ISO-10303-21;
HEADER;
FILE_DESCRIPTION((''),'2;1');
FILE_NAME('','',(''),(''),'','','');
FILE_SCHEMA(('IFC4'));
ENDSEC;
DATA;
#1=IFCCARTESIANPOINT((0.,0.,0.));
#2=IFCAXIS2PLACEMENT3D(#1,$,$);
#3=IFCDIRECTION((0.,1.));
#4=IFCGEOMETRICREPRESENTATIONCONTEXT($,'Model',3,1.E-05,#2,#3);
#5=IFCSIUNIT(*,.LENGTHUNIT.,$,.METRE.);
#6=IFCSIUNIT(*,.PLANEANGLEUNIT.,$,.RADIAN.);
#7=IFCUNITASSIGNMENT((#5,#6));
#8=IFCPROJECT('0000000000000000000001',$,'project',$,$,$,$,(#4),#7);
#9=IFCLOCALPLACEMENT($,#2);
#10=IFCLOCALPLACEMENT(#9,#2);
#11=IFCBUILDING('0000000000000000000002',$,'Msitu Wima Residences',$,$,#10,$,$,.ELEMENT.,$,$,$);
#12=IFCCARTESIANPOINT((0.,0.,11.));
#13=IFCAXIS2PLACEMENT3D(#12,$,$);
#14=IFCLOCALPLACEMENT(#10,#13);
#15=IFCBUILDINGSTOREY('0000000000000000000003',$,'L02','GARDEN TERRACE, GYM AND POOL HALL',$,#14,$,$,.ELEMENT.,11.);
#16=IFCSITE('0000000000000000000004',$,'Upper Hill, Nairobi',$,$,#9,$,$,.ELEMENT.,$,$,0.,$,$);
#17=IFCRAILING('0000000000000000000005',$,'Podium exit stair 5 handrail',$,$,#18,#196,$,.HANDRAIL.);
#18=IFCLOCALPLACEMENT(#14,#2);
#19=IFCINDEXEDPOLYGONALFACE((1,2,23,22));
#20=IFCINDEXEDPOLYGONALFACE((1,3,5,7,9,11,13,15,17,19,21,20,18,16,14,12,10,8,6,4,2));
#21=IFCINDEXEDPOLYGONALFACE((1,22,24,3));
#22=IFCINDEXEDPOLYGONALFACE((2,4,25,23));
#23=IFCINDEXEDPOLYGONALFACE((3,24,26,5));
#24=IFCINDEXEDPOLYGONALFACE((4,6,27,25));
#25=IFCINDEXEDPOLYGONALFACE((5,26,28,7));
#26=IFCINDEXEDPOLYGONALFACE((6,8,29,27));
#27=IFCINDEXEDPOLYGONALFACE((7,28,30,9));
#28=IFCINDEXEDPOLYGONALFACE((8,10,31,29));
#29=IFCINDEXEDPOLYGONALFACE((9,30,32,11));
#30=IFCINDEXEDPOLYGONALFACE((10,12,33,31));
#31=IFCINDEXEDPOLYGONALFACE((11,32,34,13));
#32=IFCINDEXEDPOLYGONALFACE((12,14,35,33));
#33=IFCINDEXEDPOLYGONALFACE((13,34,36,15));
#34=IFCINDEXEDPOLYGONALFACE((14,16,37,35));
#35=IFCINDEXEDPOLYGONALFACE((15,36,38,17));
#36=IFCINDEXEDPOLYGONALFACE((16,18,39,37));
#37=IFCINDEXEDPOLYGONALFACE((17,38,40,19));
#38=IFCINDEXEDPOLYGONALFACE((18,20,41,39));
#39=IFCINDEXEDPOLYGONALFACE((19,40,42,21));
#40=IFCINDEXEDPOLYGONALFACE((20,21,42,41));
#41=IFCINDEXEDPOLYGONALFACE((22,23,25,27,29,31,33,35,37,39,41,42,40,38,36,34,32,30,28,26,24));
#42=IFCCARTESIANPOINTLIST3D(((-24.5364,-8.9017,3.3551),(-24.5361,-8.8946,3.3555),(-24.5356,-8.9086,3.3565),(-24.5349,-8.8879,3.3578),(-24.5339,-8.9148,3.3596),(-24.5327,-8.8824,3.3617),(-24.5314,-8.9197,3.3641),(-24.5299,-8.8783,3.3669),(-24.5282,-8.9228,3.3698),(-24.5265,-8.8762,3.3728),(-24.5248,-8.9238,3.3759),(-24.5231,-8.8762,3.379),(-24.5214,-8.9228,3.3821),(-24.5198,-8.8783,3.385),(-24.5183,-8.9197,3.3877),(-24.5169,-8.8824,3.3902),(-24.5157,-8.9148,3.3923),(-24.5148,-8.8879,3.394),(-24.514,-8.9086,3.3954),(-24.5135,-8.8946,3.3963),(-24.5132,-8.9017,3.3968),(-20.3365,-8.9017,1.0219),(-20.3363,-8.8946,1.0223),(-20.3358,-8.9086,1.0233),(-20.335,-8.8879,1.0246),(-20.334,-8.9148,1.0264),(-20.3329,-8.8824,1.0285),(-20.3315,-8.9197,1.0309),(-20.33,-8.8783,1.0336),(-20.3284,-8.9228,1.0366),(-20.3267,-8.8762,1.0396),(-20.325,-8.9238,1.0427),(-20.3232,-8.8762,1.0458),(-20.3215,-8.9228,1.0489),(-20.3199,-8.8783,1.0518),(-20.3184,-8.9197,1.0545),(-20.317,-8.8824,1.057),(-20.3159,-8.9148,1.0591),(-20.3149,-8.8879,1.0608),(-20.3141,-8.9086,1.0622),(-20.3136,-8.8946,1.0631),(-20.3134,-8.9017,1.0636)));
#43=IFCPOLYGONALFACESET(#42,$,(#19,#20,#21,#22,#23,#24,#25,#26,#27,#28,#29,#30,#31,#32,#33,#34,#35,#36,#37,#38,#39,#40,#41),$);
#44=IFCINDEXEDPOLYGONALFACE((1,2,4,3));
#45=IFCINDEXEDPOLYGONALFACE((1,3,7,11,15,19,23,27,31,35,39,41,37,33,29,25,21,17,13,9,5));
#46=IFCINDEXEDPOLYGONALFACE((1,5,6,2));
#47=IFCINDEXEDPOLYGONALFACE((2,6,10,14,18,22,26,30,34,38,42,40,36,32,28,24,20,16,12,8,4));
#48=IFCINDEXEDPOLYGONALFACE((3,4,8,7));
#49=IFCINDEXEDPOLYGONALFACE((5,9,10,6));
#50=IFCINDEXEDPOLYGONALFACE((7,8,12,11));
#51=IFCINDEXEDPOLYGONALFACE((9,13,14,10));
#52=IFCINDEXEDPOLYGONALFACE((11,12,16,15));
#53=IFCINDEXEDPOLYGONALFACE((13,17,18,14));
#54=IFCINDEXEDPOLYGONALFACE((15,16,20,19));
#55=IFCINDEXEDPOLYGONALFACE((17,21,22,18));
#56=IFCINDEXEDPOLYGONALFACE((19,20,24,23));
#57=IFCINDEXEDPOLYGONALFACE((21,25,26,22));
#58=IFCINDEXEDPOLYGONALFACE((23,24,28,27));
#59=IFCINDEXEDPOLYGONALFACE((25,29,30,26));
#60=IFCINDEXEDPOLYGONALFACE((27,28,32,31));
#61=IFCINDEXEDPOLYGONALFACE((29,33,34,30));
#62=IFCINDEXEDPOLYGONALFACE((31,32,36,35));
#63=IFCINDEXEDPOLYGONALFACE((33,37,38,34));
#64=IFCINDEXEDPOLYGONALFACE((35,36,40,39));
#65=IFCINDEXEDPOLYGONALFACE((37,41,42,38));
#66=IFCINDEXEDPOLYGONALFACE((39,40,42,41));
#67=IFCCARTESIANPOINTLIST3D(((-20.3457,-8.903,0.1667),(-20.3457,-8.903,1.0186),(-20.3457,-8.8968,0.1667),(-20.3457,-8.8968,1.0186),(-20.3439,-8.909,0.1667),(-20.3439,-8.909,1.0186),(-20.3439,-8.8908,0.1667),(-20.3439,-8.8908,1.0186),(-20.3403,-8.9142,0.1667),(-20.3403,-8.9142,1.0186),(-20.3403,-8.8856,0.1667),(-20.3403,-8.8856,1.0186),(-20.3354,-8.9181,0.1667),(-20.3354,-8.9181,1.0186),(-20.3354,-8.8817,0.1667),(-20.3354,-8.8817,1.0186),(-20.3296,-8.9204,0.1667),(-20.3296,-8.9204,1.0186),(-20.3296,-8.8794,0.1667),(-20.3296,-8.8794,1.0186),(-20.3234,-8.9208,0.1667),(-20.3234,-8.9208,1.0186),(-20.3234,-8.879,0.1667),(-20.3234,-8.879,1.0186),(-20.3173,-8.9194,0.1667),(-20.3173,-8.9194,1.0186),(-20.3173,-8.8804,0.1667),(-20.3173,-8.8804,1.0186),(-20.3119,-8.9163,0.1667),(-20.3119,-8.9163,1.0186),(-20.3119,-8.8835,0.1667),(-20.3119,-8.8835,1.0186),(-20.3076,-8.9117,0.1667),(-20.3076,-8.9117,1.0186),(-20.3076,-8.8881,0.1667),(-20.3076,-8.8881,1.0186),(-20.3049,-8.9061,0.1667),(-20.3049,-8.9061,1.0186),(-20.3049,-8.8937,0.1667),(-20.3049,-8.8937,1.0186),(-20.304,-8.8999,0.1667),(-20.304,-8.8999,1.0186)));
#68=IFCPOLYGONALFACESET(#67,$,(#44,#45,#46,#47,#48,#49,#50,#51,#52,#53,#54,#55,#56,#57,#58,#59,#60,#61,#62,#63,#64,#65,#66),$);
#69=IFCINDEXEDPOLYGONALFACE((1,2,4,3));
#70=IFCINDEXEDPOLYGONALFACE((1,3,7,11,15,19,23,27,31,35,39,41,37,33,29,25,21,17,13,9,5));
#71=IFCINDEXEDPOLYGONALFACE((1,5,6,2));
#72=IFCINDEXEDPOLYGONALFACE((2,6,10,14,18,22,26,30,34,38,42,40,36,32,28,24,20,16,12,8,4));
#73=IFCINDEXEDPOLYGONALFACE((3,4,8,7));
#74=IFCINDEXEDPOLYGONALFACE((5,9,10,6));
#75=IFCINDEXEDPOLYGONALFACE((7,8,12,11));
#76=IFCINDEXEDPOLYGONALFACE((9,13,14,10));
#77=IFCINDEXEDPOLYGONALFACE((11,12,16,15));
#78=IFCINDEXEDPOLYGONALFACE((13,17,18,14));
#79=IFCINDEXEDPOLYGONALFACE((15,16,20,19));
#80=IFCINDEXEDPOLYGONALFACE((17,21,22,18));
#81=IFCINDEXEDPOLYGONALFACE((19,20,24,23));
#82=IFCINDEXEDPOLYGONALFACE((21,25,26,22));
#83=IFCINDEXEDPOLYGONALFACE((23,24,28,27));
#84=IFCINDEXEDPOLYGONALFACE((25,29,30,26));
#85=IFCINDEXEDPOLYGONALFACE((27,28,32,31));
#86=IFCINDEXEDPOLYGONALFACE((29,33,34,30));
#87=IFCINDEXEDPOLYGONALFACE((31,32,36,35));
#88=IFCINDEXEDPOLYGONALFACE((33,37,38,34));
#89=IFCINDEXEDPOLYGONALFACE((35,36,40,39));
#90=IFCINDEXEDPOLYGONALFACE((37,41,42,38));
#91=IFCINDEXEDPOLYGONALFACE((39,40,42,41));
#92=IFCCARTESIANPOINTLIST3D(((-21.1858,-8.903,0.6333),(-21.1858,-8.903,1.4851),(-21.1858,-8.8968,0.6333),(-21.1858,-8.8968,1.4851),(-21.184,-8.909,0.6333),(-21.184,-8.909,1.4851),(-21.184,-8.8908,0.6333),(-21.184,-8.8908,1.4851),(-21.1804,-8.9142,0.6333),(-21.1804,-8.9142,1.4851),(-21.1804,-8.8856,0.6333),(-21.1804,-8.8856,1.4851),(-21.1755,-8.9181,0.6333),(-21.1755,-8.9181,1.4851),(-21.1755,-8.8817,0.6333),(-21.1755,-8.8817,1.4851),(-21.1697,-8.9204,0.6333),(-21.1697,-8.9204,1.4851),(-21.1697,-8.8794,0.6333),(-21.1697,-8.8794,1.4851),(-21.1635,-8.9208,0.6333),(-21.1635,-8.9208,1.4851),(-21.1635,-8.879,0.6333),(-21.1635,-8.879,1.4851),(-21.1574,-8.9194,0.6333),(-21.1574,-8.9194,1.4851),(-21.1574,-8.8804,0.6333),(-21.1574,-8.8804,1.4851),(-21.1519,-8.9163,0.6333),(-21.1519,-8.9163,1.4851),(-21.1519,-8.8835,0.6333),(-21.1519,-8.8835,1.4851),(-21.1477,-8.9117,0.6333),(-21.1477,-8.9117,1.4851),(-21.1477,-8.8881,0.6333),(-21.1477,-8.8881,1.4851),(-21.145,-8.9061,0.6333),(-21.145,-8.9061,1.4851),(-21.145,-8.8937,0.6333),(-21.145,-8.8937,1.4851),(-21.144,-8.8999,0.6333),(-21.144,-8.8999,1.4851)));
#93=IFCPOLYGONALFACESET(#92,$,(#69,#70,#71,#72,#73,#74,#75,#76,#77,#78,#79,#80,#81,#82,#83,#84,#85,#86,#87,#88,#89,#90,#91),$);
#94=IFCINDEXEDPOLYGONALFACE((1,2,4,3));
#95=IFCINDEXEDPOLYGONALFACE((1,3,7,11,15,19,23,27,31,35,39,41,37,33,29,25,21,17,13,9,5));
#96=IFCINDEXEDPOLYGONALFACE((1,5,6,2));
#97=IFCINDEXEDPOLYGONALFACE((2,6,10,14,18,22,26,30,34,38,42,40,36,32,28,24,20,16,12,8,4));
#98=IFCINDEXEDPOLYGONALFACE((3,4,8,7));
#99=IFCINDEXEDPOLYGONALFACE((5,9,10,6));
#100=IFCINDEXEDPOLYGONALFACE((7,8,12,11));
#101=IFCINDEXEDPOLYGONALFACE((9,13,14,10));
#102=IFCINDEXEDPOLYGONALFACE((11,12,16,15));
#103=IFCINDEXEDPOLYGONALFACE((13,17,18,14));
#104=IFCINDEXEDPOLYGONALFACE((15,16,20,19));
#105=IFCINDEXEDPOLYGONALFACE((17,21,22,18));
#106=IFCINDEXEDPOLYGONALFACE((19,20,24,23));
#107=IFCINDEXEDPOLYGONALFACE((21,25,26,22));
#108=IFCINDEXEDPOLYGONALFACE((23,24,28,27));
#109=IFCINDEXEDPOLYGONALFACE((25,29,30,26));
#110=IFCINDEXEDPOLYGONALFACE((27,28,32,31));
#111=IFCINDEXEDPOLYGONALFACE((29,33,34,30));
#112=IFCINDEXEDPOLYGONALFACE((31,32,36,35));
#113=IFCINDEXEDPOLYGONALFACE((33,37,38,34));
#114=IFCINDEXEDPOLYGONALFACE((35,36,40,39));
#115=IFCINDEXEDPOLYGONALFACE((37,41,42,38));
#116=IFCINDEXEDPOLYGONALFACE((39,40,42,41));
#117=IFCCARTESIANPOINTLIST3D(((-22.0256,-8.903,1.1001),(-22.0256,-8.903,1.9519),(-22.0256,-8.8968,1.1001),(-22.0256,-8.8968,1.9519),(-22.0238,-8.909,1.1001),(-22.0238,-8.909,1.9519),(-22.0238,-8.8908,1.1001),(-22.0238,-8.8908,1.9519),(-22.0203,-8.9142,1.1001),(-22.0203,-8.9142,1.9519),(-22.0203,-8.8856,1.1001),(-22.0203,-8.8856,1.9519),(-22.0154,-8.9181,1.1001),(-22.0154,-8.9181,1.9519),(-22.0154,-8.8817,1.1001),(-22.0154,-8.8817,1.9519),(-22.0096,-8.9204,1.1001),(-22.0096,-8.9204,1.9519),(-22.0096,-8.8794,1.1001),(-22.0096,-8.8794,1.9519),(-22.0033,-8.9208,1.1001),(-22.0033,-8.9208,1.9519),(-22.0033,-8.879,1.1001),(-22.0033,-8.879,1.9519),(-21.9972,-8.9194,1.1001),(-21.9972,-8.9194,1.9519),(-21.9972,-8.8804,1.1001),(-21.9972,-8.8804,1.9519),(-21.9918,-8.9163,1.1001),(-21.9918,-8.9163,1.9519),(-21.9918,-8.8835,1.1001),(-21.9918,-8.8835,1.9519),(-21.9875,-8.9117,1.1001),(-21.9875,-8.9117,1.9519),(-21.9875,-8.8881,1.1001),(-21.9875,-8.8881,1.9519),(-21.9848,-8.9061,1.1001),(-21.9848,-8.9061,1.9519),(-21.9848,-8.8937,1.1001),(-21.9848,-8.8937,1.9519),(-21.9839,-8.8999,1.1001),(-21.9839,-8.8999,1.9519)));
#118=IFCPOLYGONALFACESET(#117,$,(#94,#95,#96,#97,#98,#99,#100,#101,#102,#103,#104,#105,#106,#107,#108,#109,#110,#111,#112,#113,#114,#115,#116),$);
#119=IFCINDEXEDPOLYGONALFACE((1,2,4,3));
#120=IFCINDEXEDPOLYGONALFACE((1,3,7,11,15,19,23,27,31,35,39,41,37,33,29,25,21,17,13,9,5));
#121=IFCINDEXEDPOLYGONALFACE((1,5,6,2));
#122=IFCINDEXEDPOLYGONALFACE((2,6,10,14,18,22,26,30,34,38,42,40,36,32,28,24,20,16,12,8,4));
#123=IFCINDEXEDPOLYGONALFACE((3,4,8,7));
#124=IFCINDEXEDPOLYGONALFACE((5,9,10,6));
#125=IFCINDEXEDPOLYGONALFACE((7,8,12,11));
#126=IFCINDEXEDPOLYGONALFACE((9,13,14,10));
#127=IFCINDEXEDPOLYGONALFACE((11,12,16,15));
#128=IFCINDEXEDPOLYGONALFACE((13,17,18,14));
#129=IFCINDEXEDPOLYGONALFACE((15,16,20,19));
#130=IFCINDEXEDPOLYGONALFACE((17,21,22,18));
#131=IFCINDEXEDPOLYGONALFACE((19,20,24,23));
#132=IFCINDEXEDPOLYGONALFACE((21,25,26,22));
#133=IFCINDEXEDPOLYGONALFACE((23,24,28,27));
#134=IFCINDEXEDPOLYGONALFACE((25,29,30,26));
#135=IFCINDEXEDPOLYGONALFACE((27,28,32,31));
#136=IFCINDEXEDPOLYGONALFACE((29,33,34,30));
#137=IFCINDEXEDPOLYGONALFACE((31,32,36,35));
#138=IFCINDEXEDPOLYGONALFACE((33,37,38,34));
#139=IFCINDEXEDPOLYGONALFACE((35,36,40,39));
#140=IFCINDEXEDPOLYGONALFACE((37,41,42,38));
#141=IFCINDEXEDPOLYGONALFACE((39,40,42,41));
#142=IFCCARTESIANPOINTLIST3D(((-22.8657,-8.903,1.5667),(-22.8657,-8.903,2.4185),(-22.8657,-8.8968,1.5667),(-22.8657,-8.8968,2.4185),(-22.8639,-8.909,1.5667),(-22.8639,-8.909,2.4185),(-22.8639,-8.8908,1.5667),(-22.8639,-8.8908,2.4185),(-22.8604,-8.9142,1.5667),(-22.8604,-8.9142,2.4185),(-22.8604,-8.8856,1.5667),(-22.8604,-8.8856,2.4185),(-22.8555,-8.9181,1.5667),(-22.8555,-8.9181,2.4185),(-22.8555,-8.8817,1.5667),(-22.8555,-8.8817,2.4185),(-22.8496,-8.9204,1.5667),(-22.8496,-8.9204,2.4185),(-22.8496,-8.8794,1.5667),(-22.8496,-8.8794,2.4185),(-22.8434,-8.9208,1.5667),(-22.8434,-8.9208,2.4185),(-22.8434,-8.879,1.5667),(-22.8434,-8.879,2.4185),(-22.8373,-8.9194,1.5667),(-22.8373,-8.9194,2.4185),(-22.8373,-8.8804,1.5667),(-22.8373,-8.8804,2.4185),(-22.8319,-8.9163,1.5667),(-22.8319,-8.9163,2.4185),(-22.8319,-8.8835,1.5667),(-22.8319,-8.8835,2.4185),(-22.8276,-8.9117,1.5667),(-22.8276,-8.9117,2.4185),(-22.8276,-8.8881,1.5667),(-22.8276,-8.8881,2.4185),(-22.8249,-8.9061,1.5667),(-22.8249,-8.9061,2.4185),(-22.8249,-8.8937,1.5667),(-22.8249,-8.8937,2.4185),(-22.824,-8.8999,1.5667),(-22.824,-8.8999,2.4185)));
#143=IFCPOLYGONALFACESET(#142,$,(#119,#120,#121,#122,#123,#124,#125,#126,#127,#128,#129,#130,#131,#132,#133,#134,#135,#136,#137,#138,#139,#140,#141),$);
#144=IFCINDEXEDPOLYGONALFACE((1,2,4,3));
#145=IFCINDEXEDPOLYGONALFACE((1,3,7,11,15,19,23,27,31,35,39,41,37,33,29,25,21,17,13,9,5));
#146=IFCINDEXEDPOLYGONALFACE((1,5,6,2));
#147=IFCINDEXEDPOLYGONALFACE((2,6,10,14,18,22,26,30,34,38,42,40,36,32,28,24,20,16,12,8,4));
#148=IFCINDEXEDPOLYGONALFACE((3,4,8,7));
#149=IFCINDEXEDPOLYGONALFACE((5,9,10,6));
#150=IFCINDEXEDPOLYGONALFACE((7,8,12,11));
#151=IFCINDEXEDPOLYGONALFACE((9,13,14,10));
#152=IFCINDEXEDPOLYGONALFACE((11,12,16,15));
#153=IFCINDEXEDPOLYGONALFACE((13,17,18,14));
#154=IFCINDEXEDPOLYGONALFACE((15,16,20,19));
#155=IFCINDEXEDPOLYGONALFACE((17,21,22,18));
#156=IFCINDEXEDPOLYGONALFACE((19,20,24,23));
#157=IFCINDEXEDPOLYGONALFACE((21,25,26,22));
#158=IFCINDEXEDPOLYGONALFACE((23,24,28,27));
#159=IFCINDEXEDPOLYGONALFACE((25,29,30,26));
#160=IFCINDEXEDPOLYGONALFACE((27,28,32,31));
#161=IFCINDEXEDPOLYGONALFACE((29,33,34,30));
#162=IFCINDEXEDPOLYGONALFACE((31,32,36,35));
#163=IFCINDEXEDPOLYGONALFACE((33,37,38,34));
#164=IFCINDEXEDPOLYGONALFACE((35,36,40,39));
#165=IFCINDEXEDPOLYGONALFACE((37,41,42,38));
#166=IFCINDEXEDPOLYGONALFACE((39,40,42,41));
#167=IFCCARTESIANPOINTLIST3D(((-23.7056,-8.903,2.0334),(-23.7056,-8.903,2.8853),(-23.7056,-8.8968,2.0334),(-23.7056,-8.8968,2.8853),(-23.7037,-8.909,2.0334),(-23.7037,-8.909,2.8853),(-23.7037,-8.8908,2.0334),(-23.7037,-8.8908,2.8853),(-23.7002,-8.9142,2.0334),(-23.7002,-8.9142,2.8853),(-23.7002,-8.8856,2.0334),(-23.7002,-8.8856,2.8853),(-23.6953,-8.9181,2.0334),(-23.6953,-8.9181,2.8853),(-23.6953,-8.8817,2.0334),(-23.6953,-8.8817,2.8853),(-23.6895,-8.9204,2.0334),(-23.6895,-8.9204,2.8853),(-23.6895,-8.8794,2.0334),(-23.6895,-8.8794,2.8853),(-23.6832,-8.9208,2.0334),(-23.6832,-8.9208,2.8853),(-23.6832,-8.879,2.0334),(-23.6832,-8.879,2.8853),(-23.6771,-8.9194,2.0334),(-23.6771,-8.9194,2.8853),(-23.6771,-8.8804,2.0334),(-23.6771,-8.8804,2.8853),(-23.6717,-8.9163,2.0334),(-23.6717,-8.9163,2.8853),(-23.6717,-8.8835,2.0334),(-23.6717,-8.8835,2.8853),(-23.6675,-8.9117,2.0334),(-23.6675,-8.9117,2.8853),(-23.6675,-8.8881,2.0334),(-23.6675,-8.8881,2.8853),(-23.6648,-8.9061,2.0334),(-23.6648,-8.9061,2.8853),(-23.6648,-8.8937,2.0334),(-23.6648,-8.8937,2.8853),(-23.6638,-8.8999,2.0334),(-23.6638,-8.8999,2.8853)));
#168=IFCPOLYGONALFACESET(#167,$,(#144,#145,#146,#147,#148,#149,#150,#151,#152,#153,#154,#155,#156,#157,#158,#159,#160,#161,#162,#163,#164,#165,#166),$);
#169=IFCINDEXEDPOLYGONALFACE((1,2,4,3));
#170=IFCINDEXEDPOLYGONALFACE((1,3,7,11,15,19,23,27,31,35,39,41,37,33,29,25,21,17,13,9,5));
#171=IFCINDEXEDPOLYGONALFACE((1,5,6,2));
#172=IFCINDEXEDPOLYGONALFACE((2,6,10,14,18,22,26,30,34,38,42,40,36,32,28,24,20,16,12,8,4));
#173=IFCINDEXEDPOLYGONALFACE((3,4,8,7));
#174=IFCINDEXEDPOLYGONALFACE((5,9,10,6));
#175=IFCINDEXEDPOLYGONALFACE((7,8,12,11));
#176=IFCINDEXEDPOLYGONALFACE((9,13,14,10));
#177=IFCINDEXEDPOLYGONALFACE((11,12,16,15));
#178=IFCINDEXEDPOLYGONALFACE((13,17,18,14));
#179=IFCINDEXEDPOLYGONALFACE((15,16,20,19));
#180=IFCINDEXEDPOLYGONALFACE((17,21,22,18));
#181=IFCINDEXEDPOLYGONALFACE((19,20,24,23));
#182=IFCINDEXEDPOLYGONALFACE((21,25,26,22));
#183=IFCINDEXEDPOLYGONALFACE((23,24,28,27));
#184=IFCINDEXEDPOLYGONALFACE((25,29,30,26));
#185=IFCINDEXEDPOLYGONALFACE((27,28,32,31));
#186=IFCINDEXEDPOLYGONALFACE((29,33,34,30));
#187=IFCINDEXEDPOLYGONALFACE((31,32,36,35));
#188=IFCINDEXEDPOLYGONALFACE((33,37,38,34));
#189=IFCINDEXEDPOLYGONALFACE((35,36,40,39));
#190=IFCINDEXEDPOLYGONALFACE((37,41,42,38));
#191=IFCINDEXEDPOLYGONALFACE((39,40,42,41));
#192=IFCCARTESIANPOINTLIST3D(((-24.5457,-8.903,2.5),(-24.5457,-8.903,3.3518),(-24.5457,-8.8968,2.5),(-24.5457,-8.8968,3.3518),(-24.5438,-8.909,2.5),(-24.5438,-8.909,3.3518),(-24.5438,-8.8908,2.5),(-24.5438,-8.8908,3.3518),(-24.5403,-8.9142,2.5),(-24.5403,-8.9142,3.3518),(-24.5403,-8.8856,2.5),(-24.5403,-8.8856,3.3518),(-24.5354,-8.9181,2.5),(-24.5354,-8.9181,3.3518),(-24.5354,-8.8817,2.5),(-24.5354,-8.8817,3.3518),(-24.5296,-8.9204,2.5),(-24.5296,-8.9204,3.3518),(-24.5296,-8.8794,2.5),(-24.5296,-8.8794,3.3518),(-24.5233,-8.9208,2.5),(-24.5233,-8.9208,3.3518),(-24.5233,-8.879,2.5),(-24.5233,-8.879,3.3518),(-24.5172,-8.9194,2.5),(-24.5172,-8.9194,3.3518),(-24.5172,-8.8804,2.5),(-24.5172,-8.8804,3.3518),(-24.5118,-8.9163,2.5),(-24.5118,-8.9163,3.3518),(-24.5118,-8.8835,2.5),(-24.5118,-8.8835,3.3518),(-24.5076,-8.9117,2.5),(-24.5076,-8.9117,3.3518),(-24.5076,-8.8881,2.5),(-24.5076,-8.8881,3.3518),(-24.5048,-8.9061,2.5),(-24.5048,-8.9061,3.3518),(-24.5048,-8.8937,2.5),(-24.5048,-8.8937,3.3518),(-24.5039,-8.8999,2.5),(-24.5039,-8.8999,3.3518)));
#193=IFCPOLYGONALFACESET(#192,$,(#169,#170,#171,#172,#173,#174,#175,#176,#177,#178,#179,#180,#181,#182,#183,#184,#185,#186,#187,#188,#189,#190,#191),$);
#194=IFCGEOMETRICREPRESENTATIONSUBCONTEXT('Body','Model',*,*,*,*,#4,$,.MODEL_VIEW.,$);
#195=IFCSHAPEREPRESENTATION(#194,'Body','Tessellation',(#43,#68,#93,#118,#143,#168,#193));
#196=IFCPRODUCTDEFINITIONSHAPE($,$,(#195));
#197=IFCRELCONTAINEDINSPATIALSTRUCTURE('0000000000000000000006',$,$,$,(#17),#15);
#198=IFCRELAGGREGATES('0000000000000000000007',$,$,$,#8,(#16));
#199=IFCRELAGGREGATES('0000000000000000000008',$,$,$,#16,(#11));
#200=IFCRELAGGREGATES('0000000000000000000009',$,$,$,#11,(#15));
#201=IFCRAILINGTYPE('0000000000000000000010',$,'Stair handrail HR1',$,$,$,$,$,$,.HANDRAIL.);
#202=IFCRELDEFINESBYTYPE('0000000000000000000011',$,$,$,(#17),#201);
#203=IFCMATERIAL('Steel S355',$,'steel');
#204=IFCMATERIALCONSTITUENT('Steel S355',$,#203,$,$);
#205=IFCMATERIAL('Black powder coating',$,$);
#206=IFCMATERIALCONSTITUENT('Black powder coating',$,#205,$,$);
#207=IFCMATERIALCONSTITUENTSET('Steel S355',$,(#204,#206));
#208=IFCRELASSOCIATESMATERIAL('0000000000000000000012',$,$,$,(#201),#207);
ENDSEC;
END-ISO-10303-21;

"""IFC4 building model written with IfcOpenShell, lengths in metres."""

from ifc_helpers import new_model, si_unit, direction, frame, origin, origin_2d, place, context, subcontext, project, spatial, circle, extrude, material, constituent, constituent_set, type_object, element, save


model = new_model("IFC4")

# Units and contexts
model_context = context("Model", 3, precision=1e-05, world=origin(), true_north=direction((0.0, 1.0)))
body_context = subcontext(model_context, "Body", "Model", "MODEL_VIEW")
ifc_project = project(units=[si_unit("LENGTHUNIT", "METRE"), si_unit("PLANEANGLEUNIT", "RADIAN")], contexts=[model_context])

# Site, building, storey
site_placement = place(None, origin())
site = spatial("IfcSite", under=ifc_project, at=site_placement, Name="Upper Hill, Nairobi", CompositionType="ELEMENT", RefElevation=0.0)
building_placement = place(site_placement, origin())
building = spatial("IfcBuilding", under=site, at=building_placement, Name="Msitu Wima Residences", CompositionType="ELEMENT")
storey_placement = place(building_placement, frame((0.0, 0.0, 11.0)))
storey = spatial("IfcBuildingStorey", under=building, at=storey_placement, Name="L02", Description="GARDEN TERRACE, GYM AND POOL HALL", CompositionType="ELEMENT", Elevation=11.0)

# Railing
ifc_material_1 = material(Name="Steel S355", Category="steel")
ifc_constituent_1 = constituent(ifc_material_1, Name="Steel S355")
ifc_material_2 = material(Name="Black powder coating")
ifc_constituent_2 = constituent(ifc_material_2, Name="Black powder coating")
ifc_constituent_set = constituent_set(constituents=[ifc_constituent_1, ifc_constituent_2], Name="Steel S355")
railing_type = type_object("IfcRailingType", Name="Stair handrail HR1", PredefinedType="HANDRAIL", material=ifc_constituent_set)
for number, where, name in (
    (1, (-20.325, -8.8999, 0.1667), "Podium exit stair 5 handrail"),
):
    element("IfcRailing", number, at=place(storey_placement, frame(where)), inside=storey, type_object=railing_type, Name=name, PredefinedType="HANDRAIL", context=body_context, shape_type="SweptSolid", body=[
        extrude(circle(Radius=0.0239, at=origin_2d()), frame((0.0, 0.0, 0.876), z_axis=(-0.874162, 0.0, 0.485634), x_axis=(0.0, -1.0, 0.0)), (0.0, 0.0, 1.0), 4.8044),
        extrude(circle(Radius=0.021, at=origin_2d()), origin(), (0.0, 0.0, 1.0), 0.8518),
        extrude(circle(Radius=0.021, at=origin_2d()), frame((-0.8401, 0.0, 0.4666)), (0.0, 0.0, 1.0), 0.8518),
        extrude(circle(Radius=0.021, at=origin_2d()), frame((-1.6799, 0.0, 0.9333)), (0.0, 0.0, 1.0), 0.8518),
        extrude(circle(Radius=0.021, at=origin_2d()), frame((-2.52, 0.0, 1.3999)), (0.0, 0.0, 1.0), 0.8518),
        extrude(circle(Radius=0.021, at=origin_2d()), frame((-3.3599, 0.0, 1.8667)), (0.0, 0.0, 1.0), 0.8518),
        extrude(circle(Radius=0.021, at=origin_2d()), frame((-4.2, 0.0, 2.3333)), (0.0, 0.0, 1.0), 0.8518),
    ])

save(model, "model.ifc")
